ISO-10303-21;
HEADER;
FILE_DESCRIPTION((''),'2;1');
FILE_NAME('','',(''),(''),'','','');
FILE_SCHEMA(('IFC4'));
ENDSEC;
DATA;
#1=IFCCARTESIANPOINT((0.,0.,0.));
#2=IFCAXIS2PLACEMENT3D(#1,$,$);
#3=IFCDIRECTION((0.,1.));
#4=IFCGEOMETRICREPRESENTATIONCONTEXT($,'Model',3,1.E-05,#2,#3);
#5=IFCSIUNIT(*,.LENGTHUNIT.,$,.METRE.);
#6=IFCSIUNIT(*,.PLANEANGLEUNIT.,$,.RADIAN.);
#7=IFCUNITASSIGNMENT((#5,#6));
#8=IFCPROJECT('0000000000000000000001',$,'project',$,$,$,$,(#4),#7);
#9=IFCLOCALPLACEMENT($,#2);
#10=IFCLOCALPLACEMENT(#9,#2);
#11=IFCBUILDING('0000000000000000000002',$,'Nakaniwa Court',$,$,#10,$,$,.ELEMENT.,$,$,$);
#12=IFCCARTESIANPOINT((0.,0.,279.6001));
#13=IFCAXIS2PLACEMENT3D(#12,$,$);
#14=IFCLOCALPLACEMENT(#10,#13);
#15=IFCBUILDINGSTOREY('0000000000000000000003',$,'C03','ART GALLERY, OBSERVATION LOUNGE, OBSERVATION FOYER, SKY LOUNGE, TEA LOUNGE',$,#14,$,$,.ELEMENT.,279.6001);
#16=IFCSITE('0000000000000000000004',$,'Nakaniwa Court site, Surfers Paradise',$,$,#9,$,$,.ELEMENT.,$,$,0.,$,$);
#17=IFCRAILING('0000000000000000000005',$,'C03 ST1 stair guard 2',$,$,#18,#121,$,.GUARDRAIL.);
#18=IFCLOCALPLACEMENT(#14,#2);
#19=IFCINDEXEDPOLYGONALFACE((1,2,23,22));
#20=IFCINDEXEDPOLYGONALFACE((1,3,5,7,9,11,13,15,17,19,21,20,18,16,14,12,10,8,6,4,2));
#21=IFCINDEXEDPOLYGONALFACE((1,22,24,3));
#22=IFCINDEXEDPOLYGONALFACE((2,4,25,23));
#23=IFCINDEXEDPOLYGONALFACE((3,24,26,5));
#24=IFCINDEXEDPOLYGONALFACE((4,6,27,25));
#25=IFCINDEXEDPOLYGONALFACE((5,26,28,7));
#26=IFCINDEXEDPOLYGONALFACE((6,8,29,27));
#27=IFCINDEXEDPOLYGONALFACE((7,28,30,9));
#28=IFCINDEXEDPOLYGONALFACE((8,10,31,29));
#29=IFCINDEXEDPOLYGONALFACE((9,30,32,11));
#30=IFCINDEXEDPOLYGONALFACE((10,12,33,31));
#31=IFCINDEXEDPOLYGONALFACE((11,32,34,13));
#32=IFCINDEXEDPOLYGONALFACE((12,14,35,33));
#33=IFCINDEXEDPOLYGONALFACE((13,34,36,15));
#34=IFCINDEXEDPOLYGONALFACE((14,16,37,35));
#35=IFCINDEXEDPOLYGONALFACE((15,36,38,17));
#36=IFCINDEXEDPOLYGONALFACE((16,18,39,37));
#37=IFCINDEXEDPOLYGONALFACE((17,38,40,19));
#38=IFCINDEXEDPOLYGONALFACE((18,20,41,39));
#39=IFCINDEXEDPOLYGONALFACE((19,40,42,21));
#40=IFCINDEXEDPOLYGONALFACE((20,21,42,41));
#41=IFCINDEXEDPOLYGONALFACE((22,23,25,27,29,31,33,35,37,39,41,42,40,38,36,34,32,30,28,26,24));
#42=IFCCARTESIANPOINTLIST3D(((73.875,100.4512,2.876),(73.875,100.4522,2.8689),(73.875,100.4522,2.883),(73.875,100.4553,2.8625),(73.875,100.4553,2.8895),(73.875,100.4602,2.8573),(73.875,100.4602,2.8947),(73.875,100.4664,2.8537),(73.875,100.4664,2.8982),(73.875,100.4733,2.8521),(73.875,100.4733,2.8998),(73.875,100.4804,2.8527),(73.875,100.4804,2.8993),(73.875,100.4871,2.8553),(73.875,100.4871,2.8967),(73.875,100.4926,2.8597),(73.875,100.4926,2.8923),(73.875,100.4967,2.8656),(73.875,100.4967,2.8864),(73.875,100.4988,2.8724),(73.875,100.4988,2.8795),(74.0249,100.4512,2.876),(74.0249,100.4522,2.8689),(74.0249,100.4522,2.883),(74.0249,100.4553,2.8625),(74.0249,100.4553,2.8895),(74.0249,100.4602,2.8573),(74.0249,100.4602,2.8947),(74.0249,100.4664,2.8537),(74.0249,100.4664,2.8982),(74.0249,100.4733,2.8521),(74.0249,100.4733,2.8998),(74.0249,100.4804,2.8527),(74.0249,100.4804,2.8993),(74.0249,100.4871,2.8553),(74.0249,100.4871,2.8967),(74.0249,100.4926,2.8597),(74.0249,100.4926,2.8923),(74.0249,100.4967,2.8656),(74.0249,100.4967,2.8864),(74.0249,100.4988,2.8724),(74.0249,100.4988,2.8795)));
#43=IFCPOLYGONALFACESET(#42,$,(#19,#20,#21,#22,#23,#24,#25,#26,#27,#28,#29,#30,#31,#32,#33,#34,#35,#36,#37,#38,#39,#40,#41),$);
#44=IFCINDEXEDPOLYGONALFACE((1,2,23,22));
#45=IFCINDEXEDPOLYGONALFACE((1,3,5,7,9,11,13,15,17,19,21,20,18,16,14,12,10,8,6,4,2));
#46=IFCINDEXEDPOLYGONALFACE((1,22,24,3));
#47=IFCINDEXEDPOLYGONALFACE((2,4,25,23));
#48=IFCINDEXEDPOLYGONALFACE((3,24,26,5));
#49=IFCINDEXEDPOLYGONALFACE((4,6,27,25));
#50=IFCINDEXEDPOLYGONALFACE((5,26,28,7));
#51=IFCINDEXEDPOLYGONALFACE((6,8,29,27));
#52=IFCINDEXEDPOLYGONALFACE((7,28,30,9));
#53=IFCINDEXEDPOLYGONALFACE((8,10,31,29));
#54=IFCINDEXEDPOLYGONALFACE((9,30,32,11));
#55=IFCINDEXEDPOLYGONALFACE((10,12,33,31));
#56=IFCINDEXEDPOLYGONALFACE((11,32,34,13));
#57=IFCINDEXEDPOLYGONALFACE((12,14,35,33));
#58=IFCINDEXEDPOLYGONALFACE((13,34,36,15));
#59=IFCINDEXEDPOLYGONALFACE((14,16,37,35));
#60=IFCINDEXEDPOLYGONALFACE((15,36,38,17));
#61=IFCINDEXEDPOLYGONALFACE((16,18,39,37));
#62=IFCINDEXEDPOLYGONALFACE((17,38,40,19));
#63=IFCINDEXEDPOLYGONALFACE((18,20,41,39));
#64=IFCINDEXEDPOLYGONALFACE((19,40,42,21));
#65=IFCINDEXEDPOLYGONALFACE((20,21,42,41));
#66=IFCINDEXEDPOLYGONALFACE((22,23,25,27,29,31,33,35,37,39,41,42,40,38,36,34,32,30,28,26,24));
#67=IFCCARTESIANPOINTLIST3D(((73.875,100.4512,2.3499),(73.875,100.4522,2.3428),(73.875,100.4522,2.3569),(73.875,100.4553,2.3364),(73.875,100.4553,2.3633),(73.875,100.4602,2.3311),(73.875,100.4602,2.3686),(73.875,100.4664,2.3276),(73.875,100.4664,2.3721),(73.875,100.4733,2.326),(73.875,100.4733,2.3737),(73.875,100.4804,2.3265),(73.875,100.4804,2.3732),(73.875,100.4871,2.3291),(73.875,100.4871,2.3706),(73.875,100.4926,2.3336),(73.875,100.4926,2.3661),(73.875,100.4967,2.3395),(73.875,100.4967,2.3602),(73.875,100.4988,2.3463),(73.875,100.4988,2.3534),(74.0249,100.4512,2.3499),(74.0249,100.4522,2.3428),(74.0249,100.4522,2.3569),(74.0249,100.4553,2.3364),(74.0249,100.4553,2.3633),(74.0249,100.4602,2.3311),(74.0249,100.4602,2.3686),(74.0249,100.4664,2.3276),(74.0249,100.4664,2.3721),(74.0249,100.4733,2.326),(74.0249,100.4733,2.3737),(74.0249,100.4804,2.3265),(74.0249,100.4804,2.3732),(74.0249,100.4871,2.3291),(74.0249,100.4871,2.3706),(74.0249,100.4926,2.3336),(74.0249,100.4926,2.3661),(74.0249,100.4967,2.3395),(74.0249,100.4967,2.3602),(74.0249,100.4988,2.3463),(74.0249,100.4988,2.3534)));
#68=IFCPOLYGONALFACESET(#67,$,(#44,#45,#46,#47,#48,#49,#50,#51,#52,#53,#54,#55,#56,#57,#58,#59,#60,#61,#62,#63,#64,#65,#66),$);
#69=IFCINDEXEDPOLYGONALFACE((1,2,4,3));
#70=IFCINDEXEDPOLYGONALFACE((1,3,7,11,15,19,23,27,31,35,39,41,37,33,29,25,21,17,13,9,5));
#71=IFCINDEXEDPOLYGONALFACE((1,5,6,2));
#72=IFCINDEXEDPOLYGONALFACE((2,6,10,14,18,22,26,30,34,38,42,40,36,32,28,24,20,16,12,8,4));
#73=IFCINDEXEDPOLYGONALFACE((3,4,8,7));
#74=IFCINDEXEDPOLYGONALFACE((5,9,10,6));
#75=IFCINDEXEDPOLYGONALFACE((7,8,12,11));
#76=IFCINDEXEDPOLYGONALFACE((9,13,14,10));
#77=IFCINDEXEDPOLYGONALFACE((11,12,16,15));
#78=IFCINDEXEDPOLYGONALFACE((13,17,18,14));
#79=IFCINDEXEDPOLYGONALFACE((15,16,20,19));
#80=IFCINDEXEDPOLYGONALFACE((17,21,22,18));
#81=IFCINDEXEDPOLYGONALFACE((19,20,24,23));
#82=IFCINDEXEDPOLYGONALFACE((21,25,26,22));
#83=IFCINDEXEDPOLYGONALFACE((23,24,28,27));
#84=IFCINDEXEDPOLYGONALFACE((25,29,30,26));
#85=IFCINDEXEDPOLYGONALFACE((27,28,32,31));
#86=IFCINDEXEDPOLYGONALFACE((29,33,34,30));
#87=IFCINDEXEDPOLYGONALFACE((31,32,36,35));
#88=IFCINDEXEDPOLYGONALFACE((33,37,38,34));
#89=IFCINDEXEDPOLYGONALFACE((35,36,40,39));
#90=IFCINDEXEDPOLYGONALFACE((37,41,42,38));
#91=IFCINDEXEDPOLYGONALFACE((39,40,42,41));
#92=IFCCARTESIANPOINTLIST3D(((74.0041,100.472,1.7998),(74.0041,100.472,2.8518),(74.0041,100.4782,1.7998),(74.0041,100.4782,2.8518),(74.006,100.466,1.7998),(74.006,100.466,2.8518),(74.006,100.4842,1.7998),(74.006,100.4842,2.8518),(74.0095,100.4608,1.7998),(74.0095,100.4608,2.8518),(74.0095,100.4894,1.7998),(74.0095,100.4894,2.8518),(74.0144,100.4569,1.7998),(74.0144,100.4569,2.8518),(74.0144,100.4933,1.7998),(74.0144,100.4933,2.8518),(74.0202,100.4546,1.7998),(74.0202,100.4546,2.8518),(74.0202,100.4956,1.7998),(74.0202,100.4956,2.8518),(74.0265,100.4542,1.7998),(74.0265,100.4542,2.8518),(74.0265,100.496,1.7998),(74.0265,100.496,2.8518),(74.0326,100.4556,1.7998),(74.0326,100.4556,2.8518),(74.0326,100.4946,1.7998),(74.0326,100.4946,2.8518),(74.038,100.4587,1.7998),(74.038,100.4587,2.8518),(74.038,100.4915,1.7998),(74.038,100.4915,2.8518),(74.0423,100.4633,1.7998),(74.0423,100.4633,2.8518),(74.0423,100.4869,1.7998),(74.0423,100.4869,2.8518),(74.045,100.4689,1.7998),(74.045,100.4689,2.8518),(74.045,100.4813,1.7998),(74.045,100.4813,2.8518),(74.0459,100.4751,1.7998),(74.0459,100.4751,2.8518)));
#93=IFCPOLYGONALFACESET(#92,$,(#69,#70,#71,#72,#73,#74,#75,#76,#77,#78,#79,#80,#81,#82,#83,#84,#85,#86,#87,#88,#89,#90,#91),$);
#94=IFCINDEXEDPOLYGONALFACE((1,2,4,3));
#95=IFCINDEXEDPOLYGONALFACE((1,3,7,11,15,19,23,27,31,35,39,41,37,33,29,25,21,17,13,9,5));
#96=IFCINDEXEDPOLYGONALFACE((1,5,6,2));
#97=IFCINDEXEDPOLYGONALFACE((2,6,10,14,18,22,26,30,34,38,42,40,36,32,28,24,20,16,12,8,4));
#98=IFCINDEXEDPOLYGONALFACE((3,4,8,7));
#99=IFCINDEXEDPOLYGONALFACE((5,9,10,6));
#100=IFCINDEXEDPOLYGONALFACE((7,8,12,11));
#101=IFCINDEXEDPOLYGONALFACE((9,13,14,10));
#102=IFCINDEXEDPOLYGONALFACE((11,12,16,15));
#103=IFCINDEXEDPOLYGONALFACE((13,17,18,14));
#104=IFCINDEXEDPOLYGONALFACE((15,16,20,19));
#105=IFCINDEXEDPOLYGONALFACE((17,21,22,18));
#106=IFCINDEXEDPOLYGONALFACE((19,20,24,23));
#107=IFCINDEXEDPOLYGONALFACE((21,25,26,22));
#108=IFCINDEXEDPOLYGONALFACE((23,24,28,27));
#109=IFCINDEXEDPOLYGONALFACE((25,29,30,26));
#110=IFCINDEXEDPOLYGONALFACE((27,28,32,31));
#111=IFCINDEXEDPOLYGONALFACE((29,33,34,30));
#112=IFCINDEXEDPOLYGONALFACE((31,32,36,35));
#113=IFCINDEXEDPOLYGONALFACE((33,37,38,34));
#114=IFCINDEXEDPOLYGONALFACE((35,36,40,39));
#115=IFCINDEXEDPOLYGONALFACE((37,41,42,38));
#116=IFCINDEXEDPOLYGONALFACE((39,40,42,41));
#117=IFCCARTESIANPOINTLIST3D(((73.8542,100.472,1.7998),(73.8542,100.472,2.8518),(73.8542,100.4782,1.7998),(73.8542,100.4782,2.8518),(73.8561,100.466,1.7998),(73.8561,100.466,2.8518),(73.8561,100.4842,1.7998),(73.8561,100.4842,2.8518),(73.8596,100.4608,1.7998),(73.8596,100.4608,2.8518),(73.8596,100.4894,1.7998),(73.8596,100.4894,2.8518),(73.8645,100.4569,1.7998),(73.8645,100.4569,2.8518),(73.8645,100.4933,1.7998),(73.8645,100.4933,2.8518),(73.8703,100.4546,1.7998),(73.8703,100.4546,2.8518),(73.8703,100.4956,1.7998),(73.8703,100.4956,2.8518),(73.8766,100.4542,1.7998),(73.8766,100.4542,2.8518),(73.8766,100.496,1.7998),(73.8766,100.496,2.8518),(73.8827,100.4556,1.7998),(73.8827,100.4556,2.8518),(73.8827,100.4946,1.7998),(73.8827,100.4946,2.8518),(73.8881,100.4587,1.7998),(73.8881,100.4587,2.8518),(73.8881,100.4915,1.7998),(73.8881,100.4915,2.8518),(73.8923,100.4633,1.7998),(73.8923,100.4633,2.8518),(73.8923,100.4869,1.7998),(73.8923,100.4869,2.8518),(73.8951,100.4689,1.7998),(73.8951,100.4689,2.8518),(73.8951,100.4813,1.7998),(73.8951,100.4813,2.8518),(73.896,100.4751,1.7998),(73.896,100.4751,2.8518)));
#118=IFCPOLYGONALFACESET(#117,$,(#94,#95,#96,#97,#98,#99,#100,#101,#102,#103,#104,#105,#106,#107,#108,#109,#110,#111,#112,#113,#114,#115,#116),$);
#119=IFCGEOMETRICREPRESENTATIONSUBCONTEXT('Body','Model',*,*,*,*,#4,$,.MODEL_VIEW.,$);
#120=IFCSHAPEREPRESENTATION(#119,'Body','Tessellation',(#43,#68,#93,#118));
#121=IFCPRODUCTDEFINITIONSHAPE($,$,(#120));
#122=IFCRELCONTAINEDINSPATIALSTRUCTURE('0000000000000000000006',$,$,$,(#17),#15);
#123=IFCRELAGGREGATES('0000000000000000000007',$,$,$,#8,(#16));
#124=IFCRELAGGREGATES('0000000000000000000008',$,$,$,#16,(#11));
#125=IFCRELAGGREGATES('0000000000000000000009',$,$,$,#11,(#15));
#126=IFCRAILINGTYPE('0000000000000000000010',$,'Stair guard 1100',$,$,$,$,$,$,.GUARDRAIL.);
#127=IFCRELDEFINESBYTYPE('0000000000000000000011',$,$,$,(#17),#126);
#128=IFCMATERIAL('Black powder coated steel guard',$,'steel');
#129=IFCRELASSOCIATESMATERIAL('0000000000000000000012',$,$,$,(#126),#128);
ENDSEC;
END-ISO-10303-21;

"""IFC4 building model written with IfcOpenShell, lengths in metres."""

from ifc_helpers import new_model, si_unit, direction, frame, origin, origin_2d, place, context, subcontext, project, spatial, circle, extrude, material, type_object, element, save


model = new_model("IFC4")

# Units and contexts
model_context = context("Model", 3, precision=1e-05, world=origin(), true_north=direction((0.0, 1.0)))
body_context = subcontext(model_context, "Body", "Model", "MODEL_VIEW")
ifc_project = project(units=[si_unit("LENGTHUNIT", "METRE"), si_unit("PLANEANGLEUNIT", "RADIAN")], contexts=[model_context])

# Site, building, storey
site_placement = place(None, origin())
site = spatial("IfcSite", under=ifc_project, at=site_placement, Name="Nakaniwa Court site, Surfers Paradise", CompositionType="ELEMENT", RefElevation=0.0)
building_placement = place(site_placement, origin())
building = spatial("IfcBuilding", under=site, at=building_placement, Name="Nakaniwa Court", CompositionType="ELEMENT")
storey_placement = place(building_placement, frame((0.0, 0.0, 279.6001)))
storey = spatial("IfcBuildingStorey", under=building, at=storey_placement, Name="C03", Description="ART GALLERY, OBSERVATION LOUNGE, OBSERVATION FOYER, SKY LOUNGE, TEA LOUNGE", CompositionType="ELEMENT", Elevation=279.6001)

# Railing
ifc_material_1 = material(Name="Black powder coated steel guard", Category="steel")
railing_type_1 = type_object("IfcRailingType", Name="Stair guard 1100", PredefinedType="GUARDRAIL", material=ifc_material_1)
railing_1_placement = place(storey_placement, frame((74.0249, 100.4751, 1.7998)))
element("IfcRailing", 1, at=railing_1_placement, inside=storey, type_object=railing_type_1, Name="C03 ST1 stair guard 2", PredefinedType="GUARDRAIL", context=body_context, shape_type="SweptSolid", body=[
    extrude(circle(Radius=0.0239, at=origin_2d()), frame((0.0, 0.0, 1.0762), z_axis=(-1.0, 0.0, 0.0), x_axis=(0.0, -1.0, 0.0)), (0.0, 0.0, 1.0), 0.1499),
    extrude(circle(Radius=0.0239, at=origin_2d()), frame((0.0, 0.0, 0.55), z_axis=(-1.0, 0.0, 0.0), x_axis=(0.0, -1.0, 0.0)), (0.0, 0.0, 1.0), 0.1499),
    extrude(circle(Radius=0.021, at=origin_2d()), origin(), (0.0, 0.0, 1.0), 1.052),
    extrude(circle(Radius=0.021, at=origin_2d()), frame((-0.1499, 0.0, 0.0)), (0.0, 0.0, 1.0), 1.052),
])

save(model, "model.ifc")
